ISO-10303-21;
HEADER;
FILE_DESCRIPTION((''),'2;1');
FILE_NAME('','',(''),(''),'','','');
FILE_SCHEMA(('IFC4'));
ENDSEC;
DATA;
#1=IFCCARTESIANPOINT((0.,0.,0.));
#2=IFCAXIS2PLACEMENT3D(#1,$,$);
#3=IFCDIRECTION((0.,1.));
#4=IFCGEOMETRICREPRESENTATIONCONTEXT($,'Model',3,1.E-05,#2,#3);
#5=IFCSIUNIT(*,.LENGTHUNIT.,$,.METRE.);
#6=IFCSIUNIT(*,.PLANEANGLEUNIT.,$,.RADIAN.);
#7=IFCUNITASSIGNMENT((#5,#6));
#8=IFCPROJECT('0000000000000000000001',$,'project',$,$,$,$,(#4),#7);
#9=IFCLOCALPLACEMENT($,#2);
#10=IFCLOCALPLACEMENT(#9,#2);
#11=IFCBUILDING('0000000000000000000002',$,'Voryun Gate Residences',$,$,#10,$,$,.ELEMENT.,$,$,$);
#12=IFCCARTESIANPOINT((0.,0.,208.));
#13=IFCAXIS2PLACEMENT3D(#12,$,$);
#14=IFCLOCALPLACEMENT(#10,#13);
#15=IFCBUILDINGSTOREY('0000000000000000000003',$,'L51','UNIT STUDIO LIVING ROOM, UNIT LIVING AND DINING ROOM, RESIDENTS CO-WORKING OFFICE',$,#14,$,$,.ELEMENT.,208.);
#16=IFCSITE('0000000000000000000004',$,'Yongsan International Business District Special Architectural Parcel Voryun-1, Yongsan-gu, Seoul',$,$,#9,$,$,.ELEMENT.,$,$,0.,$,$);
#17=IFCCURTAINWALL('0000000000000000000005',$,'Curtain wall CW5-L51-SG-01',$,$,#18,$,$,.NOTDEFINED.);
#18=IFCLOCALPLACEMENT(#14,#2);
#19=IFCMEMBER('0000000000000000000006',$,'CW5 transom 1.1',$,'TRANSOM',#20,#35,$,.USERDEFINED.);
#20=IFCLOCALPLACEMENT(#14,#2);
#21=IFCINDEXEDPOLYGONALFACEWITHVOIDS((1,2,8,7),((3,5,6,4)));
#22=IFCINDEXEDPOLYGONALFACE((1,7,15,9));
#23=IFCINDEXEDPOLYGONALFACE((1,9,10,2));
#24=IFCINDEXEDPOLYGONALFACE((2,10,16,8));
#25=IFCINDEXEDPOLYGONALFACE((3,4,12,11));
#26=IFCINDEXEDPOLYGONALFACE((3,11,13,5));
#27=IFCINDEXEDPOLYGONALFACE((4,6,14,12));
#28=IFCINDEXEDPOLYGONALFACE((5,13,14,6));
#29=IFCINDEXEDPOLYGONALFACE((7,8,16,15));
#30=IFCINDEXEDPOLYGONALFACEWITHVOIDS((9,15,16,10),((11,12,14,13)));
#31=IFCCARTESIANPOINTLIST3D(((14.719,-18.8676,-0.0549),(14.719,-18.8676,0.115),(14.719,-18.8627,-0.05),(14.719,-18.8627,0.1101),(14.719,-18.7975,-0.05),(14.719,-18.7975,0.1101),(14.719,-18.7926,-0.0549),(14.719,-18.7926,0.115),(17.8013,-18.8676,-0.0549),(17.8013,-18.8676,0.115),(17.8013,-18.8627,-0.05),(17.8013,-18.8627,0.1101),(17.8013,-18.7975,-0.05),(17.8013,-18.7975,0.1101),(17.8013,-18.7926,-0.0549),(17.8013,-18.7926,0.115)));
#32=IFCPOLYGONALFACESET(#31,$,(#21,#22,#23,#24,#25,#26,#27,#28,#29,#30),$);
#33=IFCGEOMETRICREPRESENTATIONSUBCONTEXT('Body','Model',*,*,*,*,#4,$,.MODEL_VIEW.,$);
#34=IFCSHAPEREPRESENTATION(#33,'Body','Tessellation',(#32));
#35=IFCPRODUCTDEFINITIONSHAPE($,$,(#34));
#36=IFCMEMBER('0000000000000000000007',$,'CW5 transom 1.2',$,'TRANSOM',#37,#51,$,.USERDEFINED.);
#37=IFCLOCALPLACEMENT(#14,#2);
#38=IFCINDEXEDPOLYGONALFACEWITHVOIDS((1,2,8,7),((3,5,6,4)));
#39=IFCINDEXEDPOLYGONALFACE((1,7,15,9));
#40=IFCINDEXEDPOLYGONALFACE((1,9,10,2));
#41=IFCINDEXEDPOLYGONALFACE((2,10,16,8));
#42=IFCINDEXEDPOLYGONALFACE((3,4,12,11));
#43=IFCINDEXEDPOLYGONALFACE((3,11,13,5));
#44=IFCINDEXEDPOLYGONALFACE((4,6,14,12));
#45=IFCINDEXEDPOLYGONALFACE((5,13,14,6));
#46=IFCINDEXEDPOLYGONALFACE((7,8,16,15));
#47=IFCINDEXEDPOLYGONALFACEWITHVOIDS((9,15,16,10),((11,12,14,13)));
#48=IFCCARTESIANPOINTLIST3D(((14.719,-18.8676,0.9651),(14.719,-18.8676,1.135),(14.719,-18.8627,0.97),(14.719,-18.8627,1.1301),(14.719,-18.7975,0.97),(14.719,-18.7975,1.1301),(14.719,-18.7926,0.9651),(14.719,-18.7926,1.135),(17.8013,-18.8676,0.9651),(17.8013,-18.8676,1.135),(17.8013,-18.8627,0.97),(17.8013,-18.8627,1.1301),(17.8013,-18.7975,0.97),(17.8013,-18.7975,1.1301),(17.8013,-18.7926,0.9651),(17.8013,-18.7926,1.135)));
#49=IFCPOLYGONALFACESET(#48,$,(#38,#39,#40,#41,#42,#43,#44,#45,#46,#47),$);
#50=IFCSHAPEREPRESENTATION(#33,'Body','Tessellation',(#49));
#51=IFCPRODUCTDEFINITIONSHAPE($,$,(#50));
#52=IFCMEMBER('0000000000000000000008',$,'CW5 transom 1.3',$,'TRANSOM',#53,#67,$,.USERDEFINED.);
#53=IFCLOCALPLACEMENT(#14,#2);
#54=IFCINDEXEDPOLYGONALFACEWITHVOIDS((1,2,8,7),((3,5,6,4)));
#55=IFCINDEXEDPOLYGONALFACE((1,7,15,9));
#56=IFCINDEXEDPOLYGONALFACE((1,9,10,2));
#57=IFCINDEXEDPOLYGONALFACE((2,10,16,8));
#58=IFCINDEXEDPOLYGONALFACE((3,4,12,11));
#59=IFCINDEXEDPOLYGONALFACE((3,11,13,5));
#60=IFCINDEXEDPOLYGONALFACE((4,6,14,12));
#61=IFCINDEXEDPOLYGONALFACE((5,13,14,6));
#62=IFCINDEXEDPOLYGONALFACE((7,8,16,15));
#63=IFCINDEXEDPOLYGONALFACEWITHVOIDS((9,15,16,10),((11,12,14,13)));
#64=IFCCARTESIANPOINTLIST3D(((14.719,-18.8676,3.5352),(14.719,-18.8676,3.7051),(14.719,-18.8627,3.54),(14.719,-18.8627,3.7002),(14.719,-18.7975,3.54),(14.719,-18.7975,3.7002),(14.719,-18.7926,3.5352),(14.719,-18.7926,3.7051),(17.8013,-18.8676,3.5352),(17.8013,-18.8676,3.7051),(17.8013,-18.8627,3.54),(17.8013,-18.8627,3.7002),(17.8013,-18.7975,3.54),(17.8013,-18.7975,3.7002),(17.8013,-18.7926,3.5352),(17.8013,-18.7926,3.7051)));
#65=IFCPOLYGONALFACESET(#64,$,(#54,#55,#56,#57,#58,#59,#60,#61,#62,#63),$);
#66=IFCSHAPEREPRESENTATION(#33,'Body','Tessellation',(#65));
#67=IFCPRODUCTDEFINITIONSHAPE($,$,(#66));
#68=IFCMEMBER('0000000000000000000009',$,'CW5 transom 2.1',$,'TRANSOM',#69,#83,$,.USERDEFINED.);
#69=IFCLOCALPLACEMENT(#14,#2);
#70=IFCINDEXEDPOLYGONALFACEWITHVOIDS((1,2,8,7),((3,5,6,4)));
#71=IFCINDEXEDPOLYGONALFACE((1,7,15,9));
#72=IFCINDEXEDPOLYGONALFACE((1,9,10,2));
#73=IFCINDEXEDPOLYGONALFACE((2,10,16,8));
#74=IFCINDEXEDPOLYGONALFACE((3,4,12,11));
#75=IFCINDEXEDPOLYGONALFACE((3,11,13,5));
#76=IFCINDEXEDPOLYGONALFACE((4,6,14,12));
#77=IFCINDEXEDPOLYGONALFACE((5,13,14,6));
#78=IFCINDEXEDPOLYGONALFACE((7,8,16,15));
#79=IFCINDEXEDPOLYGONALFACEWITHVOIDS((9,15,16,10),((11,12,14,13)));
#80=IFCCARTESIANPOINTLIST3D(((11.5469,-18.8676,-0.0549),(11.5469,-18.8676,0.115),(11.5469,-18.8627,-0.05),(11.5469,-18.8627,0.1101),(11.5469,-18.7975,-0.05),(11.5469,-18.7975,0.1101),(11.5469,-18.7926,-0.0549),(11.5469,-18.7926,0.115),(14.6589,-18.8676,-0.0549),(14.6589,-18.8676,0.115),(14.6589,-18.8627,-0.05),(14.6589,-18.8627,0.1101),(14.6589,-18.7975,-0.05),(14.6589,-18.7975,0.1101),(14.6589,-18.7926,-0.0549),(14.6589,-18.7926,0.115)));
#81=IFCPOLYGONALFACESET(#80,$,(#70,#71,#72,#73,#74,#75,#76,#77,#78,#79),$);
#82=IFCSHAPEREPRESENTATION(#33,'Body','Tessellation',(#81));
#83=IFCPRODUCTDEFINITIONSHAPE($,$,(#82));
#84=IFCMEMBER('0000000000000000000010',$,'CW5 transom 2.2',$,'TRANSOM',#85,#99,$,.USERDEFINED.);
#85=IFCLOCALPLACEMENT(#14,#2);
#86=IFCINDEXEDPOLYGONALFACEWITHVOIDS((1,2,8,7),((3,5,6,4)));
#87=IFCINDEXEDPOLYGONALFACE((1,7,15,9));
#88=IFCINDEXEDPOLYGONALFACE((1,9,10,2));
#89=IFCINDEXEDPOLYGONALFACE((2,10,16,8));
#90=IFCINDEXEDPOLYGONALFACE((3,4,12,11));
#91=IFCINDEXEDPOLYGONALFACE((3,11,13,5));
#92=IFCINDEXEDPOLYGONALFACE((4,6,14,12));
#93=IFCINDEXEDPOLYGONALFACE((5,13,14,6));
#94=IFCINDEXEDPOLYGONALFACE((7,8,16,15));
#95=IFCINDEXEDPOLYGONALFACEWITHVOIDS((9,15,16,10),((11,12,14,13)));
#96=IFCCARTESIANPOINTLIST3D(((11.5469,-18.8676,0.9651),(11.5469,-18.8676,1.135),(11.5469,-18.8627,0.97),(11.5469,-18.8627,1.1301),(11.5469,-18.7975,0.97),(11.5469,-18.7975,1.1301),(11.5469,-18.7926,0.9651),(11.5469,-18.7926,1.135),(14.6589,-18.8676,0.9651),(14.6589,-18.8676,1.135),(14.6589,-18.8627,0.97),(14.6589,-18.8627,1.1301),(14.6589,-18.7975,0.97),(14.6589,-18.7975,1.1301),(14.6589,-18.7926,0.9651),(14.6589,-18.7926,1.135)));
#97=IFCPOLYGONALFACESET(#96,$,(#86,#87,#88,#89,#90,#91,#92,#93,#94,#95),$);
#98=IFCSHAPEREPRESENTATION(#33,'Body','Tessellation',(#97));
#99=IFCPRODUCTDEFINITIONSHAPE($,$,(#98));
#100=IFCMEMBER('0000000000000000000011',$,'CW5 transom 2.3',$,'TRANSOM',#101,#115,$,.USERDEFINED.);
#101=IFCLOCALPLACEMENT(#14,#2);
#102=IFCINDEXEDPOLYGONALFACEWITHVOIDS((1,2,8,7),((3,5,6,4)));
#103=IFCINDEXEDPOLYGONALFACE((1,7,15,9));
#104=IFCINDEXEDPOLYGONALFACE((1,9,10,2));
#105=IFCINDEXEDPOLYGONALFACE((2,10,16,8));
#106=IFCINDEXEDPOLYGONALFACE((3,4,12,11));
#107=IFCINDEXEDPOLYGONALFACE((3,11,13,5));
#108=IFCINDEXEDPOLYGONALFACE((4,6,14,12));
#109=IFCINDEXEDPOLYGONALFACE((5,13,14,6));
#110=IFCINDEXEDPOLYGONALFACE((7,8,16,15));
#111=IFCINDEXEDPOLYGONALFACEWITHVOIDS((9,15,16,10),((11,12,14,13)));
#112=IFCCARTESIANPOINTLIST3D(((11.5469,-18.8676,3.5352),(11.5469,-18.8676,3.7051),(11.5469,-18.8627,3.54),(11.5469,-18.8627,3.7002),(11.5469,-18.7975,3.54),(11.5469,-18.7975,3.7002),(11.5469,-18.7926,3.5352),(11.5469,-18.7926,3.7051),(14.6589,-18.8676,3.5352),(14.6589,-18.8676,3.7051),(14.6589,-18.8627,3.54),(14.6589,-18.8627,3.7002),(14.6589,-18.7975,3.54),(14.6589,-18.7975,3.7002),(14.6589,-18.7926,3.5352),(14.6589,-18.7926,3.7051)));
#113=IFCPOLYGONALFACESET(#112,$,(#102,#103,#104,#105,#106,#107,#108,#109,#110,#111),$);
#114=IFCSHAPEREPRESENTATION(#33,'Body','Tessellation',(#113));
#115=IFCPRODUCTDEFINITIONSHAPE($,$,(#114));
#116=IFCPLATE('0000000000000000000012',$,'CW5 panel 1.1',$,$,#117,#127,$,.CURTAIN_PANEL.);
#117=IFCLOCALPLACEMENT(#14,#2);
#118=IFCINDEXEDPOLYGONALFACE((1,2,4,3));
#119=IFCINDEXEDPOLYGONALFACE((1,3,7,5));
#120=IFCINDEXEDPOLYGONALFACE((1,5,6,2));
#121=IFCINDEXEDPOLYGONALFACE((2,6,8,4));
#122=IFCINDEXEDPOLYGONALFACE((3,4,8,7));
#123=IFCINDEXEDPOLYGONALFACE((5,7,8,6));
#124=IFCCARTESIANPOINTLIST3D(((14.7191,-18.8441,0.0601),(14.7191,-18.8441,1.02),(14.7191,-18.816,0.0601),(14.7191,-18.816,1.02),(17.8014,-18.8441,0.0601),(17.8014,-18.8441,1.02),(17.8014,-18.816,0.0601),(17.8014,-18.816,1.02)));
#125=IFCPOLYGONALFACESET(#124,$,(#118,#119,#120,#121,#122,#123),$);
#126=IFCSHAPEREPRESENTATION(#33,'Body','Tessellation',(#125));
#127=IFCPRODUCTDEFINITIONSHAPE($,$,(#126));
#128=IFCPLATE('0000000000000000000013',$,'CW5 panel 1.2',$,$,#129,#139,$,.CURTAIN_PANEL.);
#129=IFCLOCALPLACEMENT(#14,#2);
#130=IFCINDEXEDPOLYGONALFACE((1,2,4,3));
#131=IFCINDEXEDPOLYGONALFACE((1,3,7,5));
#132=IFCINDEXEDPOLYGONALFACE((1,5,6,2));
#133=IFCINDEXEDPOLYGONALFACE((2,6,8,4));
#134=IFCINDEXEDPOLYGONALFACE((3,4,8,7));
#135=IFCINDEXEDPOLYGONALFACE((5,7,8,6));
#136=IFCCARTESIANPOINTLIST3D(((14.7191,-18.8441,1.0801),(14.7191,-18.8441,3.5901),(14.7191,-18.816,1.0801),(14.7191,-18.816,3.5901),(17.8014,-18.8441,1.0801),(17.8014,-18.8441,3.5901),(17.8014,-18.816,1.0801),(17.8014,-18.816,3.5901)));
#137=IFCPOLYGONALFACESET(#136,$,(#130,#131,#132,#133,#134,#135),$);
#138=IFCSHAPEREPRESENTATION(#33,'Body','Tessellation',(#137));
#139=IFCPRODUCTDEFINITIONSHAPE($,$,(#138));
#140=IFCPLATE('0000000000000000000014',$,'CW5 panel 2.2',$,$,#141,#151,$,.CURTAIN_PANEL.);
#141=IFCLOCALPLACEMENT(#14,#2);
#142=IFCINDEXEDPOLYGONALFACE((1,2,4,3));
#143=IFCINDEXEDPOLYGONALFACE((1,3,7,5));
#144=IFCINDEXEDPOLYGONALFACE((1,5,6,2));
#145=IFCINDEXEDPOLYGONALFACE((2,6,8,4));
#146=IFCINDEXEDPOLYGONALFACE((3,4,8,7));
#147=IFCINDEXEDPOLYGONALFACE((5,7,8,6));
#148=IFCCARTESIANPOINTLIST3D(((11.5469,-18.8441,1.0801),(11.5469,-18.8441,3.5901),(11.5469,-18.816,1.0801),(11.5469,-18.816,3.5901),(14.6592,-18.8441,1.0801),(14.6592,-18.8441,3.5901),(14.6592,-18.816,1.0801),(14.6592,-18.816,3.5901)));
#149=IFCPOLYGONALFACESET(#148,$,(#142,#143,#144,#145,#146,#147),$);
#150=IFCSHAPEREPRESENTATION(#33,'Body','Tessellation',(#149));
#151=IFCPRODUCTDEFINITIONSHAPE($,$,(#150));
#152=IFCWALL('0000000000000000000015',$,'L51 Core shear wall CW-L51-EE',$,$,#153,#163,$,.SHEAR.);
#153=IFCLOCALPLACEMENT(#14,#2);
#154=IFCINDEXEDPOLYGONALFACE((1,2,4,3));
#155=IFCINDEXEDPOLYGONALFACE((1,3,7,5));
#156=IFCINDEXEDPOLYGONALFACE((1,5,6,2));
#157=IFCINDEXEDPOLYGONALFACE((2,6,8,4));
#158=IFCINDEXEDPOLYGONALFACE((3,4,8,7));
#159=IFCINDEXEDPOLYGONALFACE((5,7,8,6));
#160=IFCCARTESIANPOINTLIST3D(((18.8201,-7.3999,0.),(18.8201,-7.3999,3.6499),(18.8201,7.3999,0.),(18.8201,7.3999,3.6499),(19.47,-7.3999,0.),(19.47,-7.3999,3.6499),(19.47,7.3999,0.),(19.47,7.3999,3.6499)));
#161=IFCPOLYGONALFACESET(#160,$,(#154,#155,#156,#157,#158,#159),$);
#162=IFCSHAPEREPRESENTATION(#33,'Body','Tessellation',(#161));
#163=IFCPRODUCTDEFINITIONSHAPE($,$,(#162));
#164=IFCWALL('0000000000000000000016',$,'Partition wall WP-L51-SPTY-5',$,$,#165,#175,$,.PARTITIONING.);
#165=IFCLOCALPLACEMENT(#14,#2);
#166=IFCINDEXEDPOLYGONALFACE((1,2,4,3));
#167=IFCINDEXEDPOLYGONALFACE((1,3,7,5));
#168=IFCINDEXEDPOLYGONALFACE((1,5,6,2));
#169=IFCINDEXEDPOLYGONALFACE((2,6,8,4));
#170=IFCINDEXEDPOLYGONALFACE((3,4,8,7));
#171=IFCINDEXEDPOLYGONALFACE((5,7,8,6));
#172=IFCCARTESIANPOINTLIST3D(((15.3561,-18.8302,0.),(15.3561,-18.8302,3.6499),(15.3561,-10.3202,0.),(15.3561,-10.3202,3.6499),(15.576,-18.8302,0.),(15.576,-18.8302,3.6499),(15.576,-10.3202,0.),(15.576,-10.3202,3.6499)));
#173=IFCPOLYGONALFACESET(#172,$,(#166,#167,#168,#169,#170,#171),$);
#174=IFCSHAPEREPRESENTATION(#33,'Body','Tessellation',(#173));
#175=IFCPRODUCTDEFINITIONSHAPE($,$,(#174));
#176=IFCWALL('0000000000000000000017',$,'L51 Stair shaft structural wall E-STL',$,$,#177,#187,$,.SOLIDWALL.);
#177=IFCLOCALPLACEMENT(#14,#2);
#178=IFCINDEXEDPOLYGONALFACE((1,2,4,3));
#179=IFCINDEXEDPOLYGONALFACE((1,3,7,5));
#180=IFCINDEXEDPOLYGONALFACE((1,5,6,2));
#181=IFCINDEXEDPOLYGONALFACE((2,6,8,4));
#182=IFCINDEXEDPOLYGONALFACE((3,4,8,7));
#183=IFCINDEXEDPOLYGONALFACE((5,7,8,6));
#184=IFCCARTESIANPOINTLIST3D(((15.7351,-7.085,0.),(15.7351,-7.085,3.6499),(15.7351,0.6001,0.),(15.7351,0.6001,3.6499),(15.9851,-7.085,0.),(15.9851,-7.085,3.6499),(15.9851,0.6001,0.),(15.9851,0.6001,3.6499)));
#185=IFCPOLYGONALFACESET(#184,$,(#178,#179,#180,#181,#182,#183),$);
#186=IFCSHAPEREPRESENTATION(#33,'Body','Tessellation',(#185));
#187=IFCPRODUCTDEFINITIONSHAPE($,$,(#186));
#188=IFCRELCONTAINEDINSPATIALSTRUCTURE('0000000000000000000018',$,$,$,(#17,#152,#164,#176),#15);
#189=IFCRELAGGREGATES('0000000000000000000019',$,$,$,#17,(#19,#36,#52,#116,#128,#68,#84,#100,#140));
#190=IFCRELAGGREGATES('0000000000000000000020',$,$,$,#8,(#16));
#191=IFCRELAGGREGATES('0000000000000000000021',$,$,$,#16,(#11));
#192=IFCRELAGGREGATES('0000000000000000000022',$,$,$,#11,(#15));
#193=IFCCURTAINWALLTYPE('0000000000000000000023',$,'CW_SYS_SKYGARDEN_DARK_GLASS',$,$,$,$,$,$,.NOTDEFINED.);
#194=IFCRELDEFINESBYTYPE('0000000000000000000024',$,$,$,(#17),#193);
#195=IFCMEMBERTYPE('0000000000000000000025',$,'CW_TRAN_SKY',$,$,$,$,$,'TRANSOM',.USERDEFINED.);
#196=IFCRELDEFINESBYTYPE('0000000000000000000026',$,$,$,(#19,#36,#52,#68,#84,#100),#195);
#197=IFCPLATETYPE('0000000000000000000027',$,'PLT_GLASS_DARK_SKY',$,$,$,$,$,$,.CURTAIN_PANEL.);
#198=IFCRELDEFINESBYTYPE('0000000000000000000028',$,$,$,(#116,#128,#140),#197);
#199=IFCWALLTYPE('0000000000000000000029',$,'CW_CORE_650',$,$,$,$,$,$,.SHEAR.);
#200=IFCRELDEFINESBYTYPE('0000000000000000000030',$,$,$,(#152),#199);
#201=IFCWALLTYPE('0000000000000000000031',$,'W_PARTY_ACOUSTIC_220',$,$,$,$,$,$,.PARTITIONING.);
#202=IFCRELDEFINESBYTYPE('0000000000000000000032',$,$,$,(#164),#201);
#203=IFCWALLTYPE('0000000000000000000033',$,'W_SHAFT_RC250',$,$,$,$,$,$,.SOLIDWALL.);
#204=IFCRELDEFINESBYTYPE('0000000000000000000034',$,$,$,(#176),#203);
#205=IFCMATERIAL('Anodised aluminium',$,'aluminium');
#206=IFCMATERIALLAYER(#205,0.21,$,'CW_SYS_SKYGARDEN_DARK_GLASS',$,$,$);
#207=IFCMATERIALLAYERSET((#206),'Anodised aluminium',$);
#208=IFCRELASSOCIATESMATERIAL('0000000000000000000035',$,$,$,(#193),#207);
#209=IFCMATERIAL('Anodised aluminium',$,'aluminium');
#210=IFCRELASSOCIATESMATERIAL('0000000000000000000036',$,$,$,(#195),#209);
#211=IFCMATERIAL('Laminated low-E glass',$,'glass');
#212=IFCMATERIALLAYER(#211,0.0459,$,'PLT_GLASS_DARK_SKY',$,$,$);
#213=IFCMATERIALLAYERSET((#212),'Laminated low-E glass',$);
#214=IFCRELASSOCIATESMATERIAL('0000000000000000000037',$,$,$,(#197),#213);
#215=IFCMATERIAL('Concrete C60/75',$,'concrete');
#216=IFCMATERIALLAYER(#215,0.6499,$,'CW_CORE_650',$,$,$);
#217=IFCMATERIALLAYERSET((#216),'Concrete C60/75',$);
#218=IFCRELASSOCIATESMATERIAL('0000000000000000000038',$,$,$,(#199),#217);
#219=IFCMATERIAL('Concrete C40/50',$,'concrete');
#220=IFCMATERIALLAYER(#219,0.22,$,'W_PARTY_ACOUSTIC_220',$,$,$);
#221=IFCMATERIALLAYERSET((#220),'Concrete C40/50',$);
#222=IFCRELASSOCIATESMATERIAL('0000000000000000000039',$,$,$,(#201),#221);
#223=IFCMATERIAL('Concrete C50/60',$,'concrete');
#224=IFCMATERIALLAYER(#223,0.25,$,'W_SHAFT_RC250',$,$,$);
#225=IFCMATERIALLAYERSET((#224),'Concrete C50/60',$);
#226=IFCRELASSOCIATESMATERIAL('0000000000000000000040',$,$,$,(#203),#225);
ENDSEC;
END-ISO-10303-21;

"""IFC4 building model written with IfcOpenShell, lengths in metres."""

from ifc_helpers import new_model, si_unit, direction, frame, frame_2d, origin, origin_2d, place, context, subcontext, project, spatial, rectangle, hollow_rectangle, extrude, material, layer, layer_set, material_profile, profile_set, type_object, element, aggregate, save


model = new_model("IFC4")

# Units and contexts
model_context = context("Model", 3, precision=1e-05, world=origin(), true_north=direction((0.0, 1.0)))
body_context = subcontext(model_context, "Body", "Model", "MODEL_VIEW")
ifc_project = project(units=[si_unit("LENGTHUNIT", "METRE"), si_unit("PLANEANGLEUNIT", "RADIAN")], contexts=[model_context])

# Site, building, storey
site_placement = place(None, origin())
site = spatial("IfcSite", under=ifc_project, at=site_placement, Name="Yongsan International Business District Special Architectural Parcel Voryun-1, Yongsan-gu, Seoul", CompositionType="ELEMENT", RefElevation=0.0)
building_placement = place(site_placement, origin())
building = spatial("IfcBuilding", under=site, at=building_placement, Name="Voryun Gate Residences", CompositionType="ELEMENT")
storey_placement = place(building_placement, frame((0.0, 0.0, 208.0)))
storey = spatial("IfcBuildingStorey", under=building, at=storey_placement, Name="L51", Description="UNIT STUDIO LIVING ROOM, UNIT LIVING AND DINING ROOM, RESIDENTS CO-WORKING OFFICE", CompositionType="ELEMENT", Elevation=208.0)

# Curtain wall, members, plates
ifc_material_1 = material(Name="Anodised aluminium", Category="aluminium")
ifc_layer_1 = layer(ifc_material_1, 0.21, Name="CW_SYS_SKYGARDEN_DARK_GLASS")
ifc_layer_set_1 = layer_set([ifc_layer_1], Name="Anodised aluminium")
curtain_wall_type = type_object("IfcCurtainWallType", Name="CW_SYS_SKYGARDEN_DARK_GLASS", PredefinedType="NOTDEFINED", material=ifc_layer_set_1)
curtain_wall_placement = place(storey_placement, origin())
curtain_wall = element("IfcCurtainWall", 1, at=curtain_wall_placement, inside=storey, type_object=curtain_wall_type, Name="Curtain wall CW5-L51-SG-01", PredefinedType="NOTDEFINED")
ifc_material_2 = material(Name="Anodised aluminium", Category="aluminium")
ifc_material_profile_1 = material_profile(ifc_material_2, hollow_rectangle(XDim=0.075, YDim=0.1699, WallThickness=0.0049, at=origin_2d()), Name="ALU-TRAN-170x75x5")
ifc_profile_set_1 = profile_set([ifc_material_profile_1], Name="Anodised aluminium")
member_type_1 = type_object("IfcMemberType", Name="CW_TRAN_SKY", ElementType="TRANSOM", PredefinedType="USERDEFINED", material=ifc_profile_set_1)
member_1_placement = place(storey_placement, frame((17.8013, -18.8301, 0.03), z_axis=(-1.0, 0.0, 0.0), x_axis=(0.0, -1.0, 0.0)))
member_1 = element("IfcMember", 2, at=member_1_placement, type_object=member_type_1, Name="CW5 transom 1.1", ObjectType="TRANSOM", PredefinedType="USERDEFINED", context=body_context, shape_type="SweptSolid", body=[
    extrude(hollow_rectangle(XDim=0.075, YDim=0.1699, WallThickness=0.0049, at=origin_2d()), origin(), (0.0, 0.0, 1.0), 3.0823),
])
member_2_placement = place(storey_placement, frame((17.8013, -18.8301, 1.05), z_axis=(-1.0, 0.0, 0.0), x_axis=(0.0, -1.0, 0.0)))
member_2 = element("IfcMember", 3, at=member_2_placement, type_object=member_type_1, Name="CW5 transom 1.2", ObjectType="TRANSOM", PredefinedType="USERDEFINED", context=body_context, shape_type="SweptSolid", body=[
    extrude(hollow_rectangle(XDim=0.075, YDim=0.1699, WallThickness=0.0049, at=origin_2d()), origin(), (0.0, 0.0, 1.0), 3.0823),
])
member_3_placement = place(storey_placement, frame((17.8013, -18.8301, 3.6201), z_axis=(-1.0, 0.0, 0.0), x_axis=(0.0, -1.0, 0.0)))
member_3 = element("IfcMember", 4, at=member_3_placement, type_object=member_type_1, Name="CW5 transom 1.3", ObjectType="TRANSOM", PredefinedType="USERDEFINED", context=body_context, shape_type="SweptSolid", body=[
    extrude(hollow_rectangle(XDim=0.075, YDim=0.1699, WallThickness=0.0049, at=origin_2d()), origin(), (0.0, 0.0, 1.0), 3.0823),
])
member_4_placement = place(storey_placement, frame((14.6589, -18.8301, 0.03), z_axis=(-1.0, 0.0, 0.0), x_axis=(0.0, -1.0, 0.0)))
member_4 = element("IfcMember", 5, at=member_4_placement, type_object=member_type_1, Name="CW5 transom 2.1", ObjectType="TRANSOM", PredefinedType="USERDEFINED", context=body_context, shape_type="SweptSolid", body=[
    extrude(hollow_rectangle(XDim=0.075, YDim=0.1699, WallThickness=0.0049, at=origin_2d()), origin(), (0.0, 0.0, 1.0), 3.1121),
])
member_5_placement = place(storey_placement, frame((14.6589, -18.8301, 1.05), z_axis=(-1.0, 0.0, 0.0), x_axis=(0.0, -1.0, 0.0)))
member_5 = element("IfcMember", 6, at=member_5_placement, type_object=member_type_1, Name="CW5 transom 2.2", ObjectType="TRANSOM", PredefinedType="USERDEFINED", context=body_context, shape_type="SweptSolid", body=[
    extrude(hollow_rectangle(XDim=0.075, YDim=0.1699, WallThickness=0.0049, at=origin_2d()), origin(), (0.0, 0.0, 1.0), 3.1121),
])
member_6_placement = place(storey_placement, frame((14.6589, -18.8301, 3.6201), z_axis=(-1.0, 0.0, 0.0), x_axis=(0.0, -1.0, 0.0)))
member_6 = element("IfcMember", 7, at=member_6_placement, type_object=member_type_1, Name="CW5 transom 2.3", ObjectType="TRANSOM", PredefinedType="USERDEFINED", context=body_context, shape_type="SweptSolid", body=[
    extrude(hollow_rectangle(XDim=0.075, YDim=0.1699, WallThickness=0.0049, at=origin_2d()), origin(), (0.0, 0.0, 1.0), 3.1121),
])
ifc_material_3 = material(Name="Laminated low-E glass", Category="glass")
ifc_layer_2 = layer(ifc_material_3, 0.0459, Name="PLT_GLASS_DARK_SKY")
ifc_layer_set_2 = layer_set([ifc_layer_2], Name="Laminated low-E glass")
plate_type = type_object("IfcPlateType", Name="PLT_GLASS_DARK_SKY", PredefinedType="CURTAIN_PANEL", material=ifc_layer_set_2)
plate_1_placement = place(storey_placement, frame((16.2603, -18.8301, 0.0601), z_axis=(0.0, 0.0, 1.0), x_axis=(-1.0, 0.0, 0.0)))
plate_1 = element("IfcPlate", 8, at=plate_1_placement, type_object=plate_type, Name="CW5 panel 1.1", PredefinedType="CURTAIN_PANEL", context=body_context, shape_type="SweptSolid", body=[
    extrude(rectangle(XDim=3.0823, YDim=0.0281, at=origin_2d()), origin(), (0.0, 0.0, 1.0), 0.96),
])
plate_2_placement = place(storey_placement, frame((16.2603, -18.8301, 1.0801), z_axis=(0.0, 0.0, 1.0), x_axis=(-1.0, 0.0, 0.0)))
plate_2 = element("IfcPlate", 9, at=plate_2_placement, type_object=plate_type, Name="CW5 panel 1.2", PredefinedType="CURTAIN_PANEL", context=body_context, shape_type="SweptSolid", body=[
    extrude(rectangle(XDim=3.0823, YDim=0.0281, at=origin_2d()), origin(), (0.0, 0.0, 1.0), 2.51),
])
plate_3_placement = place(storey_placement, frame((13.103, -18.8301, 1.0801), z_axis=(0.0, 0.0, 1.0), x_axis=(-1.0, 0.0, 0.0)))
plate_3 = element("IfcPlate", 10, at=plate_3_placement, type_object=plate_type, Name="CW5 panel 2.2", PredefinedType="CURTAIN_PANEL", context=body_context, shape_type="SweptSolid", body=[
    extrude(rectangle(XDim=3.1123, YDim=0.0281, at=origin_2d()), origin(), (0.0, 0.0, 1.0), 2.51),
])
aggregate(curtain_wall, [member_1, member_2, member_3, plate_1, plate_2, member_4, member_5, member_6, plate_3])

# Walls
ifc_material_4 = material(Name="Concrete C60/75", Category="concrete")
ifc_layer_3 = layer(ifc_material_4, 0.6499, Name="CW_CORE_650")
ifc_layer_set_3 = layer_set([ifc_layer_3], Name="Concrete C60/75")
wall_type_1 = type_object("IfcWallType", Name="CW_CORE_650", PredefinedType="SHEAR", material=ifc_layer_set_3)
wall_1_placement = place(storey_placement, frame((19.145, -7.3999, 0.0), z_axis=(0.0, 0.0, 1.0), x_axis=(0.0, 1.0, 0.0)))
element("IfcWall", 11, at=wall_1_placement, inside=storey, type_object=wall_type_1, Name="L51 Core shear wall CW-L51-EE", PredefinedType="SHEAR", context=body_context, shape_type="SweptSolid", body=[
    extrude(rectangle(XDim=14.7998, YDim=0.6499, at=frame_2d((7.3999, 0.0))), origin(), (0.0, 0.0, 1.0), 3.6499),
])
ifc_material_5 = material(Name="Concrete C40/50", Category="concrete")
ifc_layer_4 = layer(ifc_material_5, 0.22, Name="W_PARTY_ACOUSTIC_220")
ifc_layer_set_4 = layer_set([ifc_layer_4], Name="Concrete C40/50")
wall_type_2 = type_object("IfcWallType", Name="W_PARTY_ACOUSTIC_220", PredefinedType="PARTITIONING", material=ifc_layer_set_4)
wall_2_placement = place(storey_placement, frame((15.4661, -18.8301, 0.0), z_axis=(0.0, 0.0, 1.0), x_axis=(0.0, 1.0, 0.0)))
element("IfcWall", 12, at=wall_2_placement, inside=storey, type_object=wall_type_2, Name="Partition wall WP-L51-SPTY-5", PredefinedType="PARTITIONING", context=body_context, shape_type="SweptSolid", body=[
    extrude(rectangle(XDim=8.51, YDim=0.22, at=frame_2d((4.2549, 0.0))), origin(), (0.0, 0.0, 1.0), 3.6499),
])
ifc_material_6 = material(Name="Concrete C50/60", Category="concrete")
ifc_layer_5 = layer(ifc_material_6, 0.25, Name="W_SHAFT_RC250")
ifc_layer_set_5 = layer_set([ifc_layer_5], Name="Concrete C50/60")
wall_type_3 = type_object("IfcWallType", Name="W_SHAFT_RC250", PredefinedType="SOLIDWALL", material=ifc_layer_set_5)
wall_3_placement = place(storey_placement, frame((15.8601, -7.085, 0.0), z_axis=(0.0, 0.0, 1.0), x_axis=(0.0, 1.0, 0.0)))
element("IfcWall", 13, at=wall_3_placement, inside=storey, type_object=wall_type_3, Name="L51 Stair shaft structural wall E-STL", PredefinedType="SOLIDWALL", context=body_context, shape_type="SweptSolid", body=[
    extrude(rectangle(XDim=7.6851, YDim=0.25, at=frame_2d((3.8425, 0.0))), origin(), (0.0, 0.0, 1.0), 3.6499),
])

save(model, "model.ifc")
